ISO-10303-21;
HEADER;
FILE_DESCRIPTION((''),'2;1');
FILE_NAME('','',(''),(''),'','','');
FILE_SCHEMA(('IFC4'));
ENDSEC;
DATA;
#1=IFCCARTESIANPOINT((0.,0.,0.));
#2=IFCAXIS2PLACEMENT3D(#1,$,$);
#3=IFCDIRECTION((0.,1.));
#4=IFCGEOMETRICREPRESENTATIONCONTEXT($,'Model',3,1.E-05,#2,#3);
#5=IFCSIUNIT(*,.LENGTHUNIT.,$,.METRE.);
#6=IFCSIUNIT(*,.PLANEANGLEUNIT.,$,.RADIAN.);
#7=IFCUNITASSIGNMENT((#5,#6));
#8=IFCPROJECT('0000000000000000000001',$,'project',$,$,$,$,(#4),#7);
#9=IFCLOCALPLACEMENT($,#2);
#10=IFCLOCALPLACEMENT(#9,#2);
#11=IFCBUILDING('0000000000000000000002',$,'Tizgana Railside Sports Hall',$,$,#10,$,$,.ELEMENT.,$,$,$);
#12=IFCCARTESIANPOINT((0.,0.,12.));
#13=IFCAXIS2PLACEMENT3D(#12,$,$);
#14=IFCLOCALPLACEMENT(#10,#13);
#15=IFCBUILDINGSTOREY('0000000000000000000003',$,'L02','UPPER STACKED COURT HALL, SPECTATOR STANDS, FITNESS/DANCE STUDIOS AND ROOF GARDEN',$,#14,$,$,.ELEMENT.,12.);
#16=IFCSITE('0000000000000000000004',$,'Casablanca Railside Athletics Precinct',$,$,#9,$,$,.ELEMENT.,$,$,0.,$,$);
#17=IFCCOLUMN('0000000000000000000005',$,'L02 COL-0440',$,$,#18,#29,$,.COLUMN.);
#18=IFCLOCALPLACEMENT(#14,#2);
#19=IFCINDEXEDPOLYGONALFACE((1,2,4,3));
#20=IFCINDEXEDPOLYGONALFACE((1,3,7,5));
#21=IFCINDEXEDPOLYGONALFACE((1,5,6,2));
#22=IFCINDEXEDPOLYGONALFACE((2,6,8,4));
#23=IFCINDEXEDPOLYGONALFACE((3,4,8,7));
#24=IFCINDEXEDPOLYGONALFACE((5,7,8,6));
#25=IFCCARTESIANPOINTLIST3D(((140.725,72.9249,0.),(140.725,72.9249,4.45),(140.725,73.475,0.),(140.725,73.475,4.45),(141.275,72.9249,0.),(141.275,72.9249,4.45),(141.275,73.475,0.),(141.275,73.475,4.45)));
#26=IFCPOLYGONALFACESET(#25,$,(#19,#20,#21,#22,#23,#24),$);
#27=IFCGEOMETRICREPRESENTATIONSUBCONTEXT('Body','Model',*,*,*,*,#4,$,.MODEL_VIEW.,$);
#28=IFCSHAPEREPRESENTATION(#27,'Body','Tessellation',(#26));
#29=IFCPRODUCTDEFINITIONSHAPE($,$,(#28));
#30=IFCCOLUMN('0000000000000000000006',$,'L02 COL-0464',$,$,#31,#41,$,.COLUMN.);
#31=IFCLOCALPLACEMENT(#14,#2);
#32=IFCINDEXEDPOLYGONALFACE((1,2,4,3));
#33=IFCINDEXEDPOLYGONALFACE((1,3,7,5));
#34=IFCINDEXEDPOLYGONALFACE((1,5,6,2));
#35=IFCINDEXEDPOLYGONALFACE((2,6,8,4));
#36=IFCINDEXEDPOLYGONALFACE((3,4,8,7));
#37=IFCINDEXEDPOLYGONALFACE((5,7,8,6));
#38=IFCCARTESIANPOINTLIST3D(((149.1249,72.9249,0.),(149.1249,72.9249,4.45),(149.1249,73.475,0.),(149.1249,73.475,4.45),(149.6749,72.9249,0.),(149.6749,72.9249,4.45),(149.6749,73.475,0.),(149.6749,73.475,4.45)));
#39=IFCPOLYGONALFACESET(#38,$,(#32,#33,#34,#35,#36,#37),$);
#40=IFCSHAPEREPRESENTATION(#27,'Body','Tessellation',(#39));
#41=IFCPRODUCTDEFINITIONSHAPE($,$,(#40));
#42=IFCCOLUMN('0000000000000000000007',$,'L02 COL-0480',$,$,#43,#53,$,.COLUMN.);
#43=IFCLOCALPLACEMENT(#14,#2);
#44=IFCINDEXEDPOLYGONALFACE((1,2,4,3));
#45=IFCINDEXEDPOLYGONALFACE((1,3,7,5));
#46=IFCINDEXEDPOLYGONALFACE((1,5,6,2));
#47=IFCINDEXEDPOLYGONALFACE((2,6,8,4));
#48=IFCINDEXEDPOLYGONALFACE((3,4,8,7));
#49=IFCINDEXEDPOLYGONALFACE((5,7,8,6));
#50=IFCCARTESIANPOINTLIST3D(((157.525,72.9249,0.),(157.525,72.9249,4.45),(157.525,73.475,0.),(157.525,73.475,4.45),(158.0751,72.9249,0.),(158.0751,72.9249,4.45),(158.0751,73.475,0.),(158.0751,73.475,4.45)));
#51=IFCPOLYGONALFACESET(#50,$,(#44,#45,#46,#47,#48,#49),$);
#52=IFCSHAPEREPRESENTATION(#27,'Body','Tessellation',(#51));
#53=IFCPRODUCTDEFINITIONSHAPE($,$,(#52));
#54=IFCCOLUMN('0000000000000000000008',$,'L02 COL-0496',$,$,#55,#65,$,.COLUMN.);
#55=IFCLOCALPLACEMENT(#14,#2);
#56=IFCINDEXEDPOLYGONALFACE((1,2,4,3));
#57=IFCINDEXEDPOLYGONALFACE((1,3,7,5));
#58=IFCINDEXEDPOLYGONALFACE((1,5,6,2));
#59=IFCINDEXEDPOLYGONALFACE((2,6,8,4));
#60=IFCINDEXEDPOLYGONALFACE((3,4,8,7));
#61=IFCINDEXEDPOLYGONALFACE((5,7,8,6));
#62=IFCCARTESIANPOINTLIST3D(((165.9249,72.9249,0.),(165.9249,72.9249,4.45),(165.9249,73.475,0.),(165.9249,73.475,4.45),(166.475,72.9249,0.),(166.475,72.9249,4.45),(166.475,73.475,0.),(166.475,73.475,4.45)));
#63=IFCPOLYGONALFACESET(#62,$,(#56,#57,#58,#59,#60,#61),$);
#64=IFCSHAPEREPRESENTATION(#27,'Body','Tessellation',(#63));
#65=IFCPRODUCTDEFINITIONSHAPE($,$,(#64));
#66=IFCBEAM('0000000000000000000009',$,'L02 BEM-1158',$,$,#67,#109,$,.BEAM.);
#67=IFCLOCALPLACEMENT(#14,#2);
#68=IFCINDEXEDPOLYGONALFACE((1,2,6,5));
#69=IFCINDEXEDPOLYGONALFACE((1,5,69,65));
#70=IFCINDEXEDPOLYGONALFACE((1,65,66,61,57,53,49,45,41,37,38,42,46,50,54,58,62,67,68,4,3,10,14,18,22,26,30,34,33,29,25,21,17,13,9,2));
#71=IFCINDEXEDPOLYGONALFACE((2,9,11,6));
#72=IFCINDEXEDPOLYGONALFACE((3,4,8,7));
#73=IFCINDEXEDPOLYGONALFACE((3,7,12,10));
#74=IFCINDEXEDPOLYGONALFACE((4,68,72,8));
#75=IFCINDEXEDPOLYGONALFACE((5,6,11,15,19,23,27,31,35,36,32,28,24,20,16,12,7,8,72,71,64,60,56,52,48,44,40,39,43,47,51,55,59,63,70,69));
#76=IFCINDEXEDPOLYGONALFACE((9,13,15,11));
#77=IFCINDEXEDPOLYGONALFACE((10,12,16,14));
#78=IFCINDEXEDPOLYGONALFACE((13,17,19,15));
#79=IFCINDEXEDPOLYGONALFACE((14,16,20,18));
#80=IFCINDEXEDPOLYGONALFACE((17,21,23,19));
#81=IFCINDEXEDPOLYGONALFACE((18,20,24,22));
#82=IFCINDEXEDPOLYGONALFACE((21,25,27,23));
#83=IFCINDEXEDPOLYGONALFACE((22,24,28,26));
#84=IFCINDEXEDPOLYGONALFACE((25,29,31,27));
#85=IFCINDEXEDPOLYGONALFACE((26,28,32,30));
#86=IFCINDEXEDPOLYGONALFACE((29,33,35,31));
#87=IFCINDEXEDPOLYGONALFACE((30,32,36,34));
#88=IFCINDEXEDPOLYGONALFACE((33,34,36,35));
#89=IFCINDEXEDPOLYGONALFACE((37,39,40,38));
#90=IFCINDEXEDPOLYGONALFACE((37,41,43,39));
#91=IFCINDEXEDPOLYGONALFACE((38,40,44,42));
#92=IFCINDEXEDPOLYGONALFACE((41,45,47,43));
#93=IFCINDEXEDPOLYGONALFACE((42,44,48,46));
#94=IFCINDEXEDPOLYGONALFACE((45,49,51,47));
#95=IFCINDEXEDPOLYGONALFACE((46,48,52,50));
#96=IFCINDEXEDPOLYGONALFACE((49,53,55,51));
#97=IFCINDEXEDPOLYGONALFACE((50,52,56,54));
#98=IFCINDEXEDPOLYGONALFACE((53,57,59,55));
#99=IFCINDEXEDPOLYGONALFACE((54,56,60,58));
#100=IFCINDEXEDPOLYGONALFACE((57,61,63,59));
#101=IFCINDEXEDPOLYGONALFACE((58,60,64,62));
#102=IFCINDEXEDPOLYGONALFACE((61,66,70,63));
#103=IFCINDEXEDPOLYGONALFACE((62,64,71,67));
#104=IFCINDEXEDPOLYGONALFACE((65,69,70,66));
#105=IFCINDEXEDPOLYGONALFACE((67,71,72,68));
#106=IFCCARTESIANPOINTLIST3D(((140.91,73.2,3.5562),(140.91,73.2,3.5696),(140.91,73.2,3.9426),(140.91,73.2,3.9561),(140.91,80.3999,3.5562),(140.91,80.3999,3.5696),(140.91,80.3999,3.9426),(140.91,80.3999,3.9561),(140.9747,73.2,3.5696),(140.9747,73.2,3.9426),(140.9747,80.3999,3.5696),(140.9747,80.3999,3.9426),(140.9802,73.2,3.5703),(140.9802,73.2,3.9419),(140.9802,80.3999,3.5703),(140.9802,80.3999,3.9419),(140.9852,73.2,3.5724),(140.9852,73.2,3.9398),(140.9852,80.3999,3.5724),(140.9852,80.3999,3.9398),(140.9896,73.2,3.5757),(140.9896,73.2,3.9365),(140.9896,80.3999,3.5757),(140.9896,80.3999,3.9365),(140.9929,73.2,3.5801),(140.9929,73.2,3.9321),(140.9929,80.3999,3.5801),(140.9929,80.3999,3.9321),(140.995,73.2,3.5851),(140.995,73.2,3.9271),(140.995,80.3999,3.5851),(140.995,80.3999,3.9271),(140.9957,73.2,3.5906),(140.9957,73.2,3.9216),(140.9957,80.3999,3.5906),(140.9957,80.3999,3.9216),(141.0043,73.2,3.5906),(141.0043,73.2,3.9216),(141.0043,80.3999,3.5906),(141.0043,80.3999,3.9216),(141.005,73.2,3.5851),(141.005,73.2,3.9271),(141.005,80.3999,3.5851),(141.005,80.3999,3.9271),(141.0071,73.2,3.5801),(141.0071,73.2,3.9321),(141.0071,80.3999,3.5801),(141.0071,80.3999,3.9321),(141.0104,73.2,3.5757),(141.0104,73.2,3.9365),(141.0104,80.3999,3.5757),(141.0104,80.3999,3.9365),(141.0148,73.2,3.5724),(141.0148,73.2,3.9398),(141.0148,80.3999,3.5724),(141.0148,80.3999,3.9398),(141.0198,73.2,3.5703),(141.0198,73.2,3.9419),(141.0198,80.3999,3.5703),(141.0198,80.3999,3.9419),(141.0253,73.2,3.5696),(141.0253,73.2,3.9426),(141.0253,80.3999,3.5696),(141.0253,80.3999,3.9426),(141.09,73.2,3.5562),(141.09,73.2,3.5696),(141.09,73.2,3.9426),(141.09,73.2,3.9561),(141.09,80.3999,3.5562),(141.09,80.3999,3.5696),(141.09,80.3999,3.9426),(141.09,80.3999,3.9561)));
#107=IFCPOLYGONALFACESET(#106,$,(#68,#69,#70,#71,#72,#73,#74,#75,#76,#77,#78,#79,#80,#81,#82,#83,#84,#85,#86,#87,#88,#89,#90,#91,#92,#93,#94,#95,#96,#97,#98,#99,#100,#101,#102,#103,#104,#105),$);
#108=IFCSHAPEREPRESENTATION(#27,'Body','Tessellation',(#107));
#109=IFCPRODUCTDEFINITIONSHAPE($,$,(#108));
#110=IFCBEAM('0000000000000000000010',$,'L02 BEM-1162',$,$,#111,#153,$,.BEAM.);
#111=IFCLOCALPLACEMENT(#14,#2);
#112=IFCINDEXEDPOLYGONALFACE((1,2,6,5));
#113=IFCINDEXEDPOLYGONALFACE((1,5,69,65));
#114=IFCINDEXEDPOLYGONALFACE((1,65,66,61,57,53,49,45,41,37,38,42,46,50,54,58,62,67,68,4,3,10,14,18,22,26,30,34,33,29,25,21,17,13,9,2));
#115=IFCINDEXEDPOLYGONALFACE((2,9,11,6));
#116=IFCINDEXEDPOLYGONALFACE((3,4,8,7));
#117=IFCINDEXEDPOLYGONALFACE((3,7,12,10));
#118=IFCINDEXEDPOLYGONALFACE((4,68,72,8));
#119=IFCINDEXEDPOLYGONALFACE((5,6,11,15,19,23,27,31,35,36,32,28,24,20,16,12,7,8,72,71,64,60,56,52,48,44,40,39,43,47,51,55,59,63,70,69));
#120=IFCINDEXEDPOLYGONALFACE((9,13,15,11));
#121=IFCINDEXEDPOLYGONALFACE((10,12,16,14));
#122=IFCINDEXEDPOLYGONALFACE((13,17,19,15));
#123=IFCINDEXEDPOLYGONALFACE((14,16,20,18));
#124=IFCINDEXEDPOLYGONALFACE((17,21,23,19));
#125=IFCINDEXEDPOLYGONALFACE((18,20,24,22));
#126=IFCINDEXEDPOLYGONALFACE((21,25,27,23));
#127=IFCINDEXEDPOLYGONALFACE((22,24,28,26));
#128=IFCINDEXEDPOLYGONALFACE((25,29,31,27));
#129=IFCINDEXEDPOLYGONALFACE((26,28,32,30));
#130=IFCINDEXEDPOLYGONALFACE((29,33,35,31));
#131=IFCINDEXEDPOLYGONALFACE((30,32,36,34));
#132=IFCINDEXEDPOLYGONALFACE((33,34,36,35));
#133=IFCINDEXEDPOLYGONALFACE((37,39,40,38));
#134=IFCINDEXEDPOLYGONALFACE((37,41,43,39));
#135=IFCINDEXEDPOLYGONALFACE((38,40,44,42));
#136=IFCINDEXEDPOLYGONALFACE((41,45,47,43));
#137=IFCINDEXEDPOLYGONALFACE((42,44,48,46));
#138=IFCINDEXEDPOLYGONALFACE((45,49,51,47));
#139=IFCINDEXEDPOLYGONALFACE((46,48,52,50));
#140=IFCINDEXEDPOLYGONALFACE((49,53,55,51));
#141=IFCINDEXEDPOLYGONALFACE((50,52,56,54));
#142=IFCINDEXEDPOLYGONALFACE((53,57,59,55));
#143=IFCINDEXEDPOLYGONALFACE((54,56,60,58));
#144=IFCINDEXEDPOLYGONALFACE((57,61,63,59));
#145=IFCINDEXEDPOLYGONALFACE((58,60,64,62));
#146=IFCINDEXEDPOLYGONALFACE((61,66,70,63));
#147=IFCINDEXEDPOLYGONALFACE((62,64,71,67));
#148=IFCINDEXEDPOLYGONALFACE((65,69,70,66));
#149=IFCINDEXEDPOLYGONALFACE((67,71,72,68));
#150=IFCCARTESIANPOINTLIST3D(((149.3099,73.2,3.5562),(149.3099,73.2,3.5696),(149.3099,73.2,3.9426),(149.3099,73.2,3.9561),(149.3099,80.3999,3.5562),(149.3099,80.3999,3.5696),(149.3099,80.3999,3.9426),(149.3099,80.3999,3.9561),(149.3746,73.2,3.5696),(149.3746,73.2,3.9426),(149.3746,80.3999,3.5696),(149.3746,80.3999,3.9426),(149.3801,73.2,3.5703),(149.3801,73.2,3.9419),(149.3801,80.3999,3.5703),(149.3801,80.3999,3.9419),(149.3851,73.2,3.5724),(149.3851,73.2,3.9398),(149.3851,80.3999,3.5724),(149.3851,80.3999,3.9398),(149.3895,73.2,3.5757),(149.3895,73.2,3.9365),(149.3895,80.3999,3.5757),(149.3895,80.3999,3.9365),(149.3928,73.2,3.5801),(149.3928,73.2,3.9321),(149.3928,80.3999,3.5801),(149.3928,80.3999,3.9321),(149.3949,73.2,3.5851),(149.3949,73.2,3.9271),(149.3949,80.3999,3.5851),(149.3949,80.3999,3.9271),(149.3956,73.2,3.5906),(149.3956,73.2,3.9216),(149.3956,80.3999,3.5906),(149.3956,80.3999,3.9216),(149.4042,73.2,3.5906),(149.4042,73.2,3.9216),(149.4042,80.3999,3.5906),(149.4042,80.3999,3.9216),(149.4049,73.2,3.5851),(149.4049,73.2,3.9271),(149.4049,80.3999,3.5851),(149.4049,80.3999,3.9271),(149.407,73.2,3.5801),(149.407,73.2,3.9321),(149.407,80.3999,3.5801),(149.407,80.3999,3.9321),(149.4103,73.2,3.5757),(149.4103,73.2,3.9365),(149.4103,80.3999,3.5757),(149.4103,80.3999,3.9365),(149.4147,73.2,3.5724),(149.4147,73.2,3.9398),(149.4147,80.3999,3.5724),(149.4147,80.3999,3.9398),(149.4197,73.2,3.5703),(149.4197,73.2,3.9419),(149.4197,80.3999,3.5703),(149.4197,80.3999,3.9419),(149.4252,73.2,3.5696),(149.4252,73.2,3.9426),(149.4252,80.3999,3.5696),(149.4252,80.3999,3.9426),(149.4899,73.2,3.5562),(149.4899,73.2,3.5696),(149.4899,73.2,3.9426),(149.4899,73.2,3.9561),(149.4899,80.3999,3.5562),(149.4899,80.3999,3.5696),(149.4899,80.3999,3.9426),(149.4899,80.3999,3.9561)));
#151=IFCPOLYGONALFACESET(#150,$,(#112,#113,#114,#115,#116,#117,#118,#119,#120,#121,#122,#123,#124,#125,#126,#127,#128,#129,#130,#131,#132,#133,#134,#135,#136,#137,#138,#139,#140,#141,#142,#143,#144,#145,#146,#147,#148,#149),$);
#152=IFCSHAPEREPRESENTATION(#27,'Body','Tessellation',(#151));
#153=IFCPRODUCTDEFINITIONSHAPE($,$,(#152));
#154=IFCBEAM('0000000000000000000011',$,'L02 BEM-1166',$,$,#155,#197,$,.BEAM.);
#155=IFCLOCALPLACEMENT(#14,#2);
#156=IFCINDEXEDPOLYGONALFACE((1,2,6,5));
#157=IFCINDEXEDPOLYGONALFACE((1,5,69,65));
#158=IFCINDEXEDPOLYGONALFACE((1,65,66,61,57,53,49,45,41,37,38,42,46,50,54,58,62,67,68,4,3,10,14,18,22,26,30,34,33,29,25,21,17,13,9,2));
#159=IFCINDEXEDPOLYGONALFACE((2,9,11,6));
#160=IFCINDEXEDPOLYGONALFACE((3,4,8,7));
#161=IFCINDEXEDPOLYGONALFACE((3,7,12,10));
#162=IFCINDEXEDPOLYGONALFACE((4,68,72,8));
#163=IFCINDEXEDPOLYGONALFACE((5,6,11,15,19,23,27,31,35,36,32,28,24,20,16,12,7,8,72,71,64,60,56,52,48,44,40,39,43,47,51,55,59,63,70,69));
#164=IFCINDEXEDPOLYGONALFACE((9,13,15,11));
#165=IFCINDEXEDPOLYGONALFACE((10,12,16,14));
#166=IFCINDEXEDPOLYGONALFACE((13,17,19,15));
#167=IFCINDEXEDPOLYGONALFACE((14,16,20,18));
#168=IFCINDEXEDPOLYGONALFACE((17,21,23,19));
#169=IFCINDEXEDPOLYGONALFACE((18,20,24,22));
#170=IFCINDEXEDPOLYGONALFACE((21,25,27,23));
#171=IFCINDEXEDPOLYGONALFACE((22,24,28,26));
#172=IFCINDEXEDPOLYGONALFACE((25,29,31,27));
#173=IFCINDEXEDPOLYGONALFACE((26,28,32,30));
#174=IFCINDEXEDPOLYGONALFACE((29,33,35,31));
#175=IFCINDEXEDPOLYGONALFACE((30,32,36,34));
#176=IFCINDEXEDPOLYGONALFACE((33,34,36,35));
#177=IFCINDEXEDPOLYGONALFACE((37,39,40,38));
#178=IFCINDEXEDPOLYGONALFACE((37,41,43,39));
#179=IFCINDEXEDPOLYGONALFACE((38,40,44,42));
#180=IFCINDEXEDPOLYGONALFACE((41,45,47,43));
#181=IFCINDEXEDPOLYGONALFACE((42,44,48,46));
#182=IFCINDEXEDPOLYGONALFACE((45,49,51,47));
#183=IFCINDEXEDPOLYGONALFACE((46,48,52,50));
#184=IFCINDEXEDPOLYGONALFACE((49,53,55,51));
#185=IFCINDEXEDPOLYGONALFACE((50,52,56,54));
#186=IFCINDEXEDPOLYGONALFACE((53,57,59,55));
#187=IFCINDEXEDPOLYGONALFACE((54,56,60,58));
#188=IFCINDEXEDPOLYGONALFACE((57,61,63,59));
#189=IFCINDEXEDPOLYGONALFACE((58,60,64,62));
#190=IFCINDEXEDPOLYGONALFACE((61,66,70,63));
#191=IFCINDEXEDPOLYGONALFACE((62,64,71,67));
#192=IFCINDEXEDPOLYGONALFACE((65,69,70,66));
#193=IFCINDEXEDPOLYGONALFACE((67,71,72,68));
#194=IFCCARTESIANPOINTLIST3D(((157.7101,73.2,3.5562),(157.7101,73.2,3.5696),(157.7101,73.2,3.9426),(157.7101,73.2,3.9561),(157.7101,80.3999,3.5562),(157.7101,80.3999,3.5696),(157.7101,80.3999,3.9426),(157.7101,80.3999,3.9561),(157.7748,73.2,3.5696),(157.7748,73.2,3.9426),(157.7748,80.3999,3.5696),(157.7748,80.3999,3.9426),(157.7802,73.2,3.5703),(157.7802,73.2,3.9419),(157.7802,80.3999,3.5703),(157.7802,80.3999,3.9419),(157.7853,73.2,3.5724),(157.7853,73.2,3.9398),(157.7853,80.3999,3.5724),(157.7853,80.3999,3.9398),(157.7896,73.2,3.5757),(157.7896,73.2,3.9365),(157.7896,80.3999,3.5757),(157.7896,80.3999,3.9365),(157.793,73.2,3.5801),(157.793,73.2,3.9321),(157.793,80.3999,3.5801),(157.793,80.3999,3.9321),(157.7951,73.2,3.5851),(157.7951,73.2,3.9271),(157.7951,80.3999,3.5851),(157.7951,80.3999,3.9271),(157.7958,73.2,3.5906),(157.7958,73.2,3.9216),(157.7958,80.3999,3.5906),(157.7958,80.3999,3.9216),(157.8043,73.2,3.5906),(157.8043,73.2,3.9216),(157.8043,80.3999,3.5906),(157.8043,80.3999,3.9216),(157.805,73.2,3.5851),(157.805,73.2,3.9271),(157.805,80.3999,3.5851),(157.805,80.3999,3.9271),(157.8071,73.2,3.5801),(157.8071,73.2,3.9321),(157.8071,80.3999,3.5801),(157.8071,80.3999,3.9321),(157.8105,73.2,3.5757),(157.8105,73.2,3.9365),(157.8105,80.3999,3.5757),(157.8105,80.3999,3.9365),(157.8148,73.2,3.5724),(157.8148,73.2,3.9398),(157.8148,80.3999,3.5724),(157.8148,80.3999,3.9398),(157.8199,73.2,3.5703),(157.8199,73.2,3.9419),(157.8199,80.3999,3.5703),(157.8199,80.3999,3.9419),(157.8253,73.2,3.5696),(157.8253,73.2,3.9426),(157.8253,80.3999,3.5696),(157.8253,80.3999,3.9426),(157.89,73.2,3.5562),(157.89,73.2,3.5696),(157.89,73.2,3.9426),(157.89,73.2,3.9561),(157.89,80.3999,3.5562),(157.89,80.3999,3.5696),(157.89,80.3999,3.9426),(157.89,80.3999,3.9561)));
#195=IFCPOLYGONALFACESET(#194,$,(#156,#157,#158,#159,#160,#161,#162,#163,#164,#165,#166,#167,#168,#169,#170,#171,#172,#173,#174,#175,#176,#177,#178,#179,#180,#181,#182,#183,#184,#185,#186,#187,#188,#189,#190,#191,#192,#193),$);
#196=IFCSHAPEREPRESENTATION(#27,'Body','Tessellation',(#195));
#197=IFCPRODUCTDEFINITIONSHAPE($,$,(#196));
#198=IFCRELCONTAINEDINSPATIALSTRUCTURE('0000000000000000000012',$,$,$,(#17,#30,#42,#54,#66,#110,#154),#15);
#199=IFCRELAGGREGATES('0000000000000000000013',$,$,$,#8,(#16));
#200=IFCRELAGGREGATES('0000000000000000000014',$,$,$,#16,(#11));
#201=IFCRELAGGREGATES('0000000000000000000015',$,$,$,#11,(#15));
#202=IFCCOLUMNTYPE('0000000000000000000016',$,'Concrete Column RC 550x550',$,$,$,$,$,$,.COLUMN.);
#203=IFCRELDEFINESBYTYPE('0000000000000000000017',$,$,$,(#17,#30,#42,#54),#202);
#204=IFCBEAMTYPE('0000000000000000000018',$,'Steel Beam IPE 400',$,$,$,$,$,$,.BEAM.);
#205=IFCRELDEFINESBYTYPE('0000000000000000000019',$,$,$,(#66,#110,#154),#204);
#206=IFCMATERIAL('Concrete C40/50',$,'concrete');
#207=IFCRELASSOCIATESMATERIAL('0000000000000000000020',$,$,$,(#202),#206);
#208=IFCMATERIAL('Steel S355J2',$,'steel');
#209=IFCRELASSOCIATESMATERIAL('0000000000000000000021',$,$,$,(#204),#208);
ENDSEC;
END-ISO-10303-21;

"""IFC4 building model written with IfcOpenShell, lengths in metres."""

from ifc_helpers import new_model, si_unit, direction, frame, origin, origin_2d, place, context, subcontext, project, spatial, rectangle, i_section, extrude, material, material_profile, profile_set, type_object, element, save


model = new_model("IFC4")

# Units and contexts
model_context = context("Model", 3, precision=1e-05, world=origin(), true_north=direction((0.0, 1.0)))
body_context = subcontext(model_context, "Body", "Model", "MODEL_VIEW")
ifc_project = project(units=[si_unit("LENGTHUNIT", "METRE"), si_unit("PLANEANGLEUNIT", "RADIAN")], contexts=[model_context])

# Site, building, storey
site_placement = place(None, origin())
site = spatial("IfcSite", under=ifc_project, at=site_placement, Name="Casablanca Railside Athletics Precinct", CompositionType="ELEMENT", RefElevation=0.0)
building_placement = place(site_placement, origin())
building = spatial("IfcBuilding", under=site, at=building_placement, Name="Tizgana Railside Sports Hall", CompositionType="ELEMENT")
storey_placement = place(building_placement, frame((0.0, 0.0, 12.0)))
storey = spatial("IfcBuildingStorey", under=building, at=storey_placement, Name="L02", Description="UPPER STACKED COURT HALL, SPECTATOR STANDS, FITNESS/DANCE STUDIOS AND ROOF GARDEN", CompositionType="ELEMENT", Elevation=12.0)

# Columns
ifc_material_1 = material(Name="Concrete C40/50", Category="concrete")
ifc_material_profile_1 = material_profile(ifc_material_1, rectangle(XDim=0.55, YDim=0.55, at=origin_2d()), Name="RC 550x550")
ifc_profile_set_1 = profile_set([ifc_material_profile_1], Name="Concrete C40/50")
column_type = type_object("IfcColumnType", Name="Concrete Column RC 550x550", PredefinedType="COLUMN", material=ifc_profile_set_1)
for number, where, z_axis, x_axis, name in (
    (1, (141.0, 73.2, 0.0), (0.0, 0.0, 1.0), (1.0, 0.0, 0.0), "L02 COL-0440"),
    (2, (149.3999, 73.2, 0.0), (0.0, 0.0, 1.0), (1.0, 0.0, 0.0), "L02 COL-0464"),
    (3, (157.8, 73.2, 0.0), (0.0, 0.0, 1.0), (1.0, 0.0, 0.0), "L02 COL-0480"),
    (4, (166.2, 73.2, 0.0), (0.0, 0.0, 1.0), (1.0, 0.0, 0.0), "L02 COL-0496"),
):
    element("IfcColumn", number, at=place(storey_placement, frame(where, z_axis=z_axis, x_axis=x_axis)), inside=storey, type_object=column_type, Name=name, PredefinedType="COLUMN", context=body_context, shape_type="SweptSolid", body=[
        extrude(rectangle(XDim=0.55, YDim=0.55, at=origin_2d()), origin(), (0.0, 0.0, 1.0), 4.45),
    ])

# Beams
ifc_material_2 = material(Name="Steel S355J2", Category="steel")
ifc_material_profile_2 = material_profile(ifc_material_2, i_section(OverallWidth=0.1799, OverallDepth=0.3999, WebThickness=0.0085, FlangeThickness=0.0134, FilletRadius=0.021, at=origin_2d()), Name="IPE 400")
ifc_profile_set_2 = profile_set([ifc_material_profile_2], Name="Steel S355J2")
beam_type_1 = type_object("IfcBeamType", Name="Steel Beam IPE 400", PredefinedType="BEAM", material=ifc_profile_set_2)
for number, where, z_axis, x_axis, name in (
    (5, (141.0, 73.2, 3.7561), (0.0, 1.0, 0.0), (-1.0, 0.0, 0.0), "L02 BEM-1158"),
    (6, (149.3999, 73.2, 3.7561), (0.0, 1.0, 0.0), (-1.0, 0.0, 0.0), "L02 BEM-1162"),
    (7, (157.8, 73.2, 3.7561), (0.0, 1.0, 0.0), (-1.0, 0.0, 0.0), "L02 BEM-1166"),
):
    element("IfcBeam", number, at=place(storey_placement, frame(where, z_axis=z_axis, x_axis=x_axis)), inside=storey, type_object=beam_type_1, Name=name, PredefinedType="BEAM", context=body_context, shape_type="SweptSolid", body=[
        extrude(i_section(OverallWidth=0.1799, OverallDepth=0.3999, WebThickness=0.0085, FlangeThickness=0.0134, FilletRadius=0.021, at=origin_2d()), origin(), (0.0, 0.0, 1.0), 7.2),
    ])

save(model, "model.ifc")
